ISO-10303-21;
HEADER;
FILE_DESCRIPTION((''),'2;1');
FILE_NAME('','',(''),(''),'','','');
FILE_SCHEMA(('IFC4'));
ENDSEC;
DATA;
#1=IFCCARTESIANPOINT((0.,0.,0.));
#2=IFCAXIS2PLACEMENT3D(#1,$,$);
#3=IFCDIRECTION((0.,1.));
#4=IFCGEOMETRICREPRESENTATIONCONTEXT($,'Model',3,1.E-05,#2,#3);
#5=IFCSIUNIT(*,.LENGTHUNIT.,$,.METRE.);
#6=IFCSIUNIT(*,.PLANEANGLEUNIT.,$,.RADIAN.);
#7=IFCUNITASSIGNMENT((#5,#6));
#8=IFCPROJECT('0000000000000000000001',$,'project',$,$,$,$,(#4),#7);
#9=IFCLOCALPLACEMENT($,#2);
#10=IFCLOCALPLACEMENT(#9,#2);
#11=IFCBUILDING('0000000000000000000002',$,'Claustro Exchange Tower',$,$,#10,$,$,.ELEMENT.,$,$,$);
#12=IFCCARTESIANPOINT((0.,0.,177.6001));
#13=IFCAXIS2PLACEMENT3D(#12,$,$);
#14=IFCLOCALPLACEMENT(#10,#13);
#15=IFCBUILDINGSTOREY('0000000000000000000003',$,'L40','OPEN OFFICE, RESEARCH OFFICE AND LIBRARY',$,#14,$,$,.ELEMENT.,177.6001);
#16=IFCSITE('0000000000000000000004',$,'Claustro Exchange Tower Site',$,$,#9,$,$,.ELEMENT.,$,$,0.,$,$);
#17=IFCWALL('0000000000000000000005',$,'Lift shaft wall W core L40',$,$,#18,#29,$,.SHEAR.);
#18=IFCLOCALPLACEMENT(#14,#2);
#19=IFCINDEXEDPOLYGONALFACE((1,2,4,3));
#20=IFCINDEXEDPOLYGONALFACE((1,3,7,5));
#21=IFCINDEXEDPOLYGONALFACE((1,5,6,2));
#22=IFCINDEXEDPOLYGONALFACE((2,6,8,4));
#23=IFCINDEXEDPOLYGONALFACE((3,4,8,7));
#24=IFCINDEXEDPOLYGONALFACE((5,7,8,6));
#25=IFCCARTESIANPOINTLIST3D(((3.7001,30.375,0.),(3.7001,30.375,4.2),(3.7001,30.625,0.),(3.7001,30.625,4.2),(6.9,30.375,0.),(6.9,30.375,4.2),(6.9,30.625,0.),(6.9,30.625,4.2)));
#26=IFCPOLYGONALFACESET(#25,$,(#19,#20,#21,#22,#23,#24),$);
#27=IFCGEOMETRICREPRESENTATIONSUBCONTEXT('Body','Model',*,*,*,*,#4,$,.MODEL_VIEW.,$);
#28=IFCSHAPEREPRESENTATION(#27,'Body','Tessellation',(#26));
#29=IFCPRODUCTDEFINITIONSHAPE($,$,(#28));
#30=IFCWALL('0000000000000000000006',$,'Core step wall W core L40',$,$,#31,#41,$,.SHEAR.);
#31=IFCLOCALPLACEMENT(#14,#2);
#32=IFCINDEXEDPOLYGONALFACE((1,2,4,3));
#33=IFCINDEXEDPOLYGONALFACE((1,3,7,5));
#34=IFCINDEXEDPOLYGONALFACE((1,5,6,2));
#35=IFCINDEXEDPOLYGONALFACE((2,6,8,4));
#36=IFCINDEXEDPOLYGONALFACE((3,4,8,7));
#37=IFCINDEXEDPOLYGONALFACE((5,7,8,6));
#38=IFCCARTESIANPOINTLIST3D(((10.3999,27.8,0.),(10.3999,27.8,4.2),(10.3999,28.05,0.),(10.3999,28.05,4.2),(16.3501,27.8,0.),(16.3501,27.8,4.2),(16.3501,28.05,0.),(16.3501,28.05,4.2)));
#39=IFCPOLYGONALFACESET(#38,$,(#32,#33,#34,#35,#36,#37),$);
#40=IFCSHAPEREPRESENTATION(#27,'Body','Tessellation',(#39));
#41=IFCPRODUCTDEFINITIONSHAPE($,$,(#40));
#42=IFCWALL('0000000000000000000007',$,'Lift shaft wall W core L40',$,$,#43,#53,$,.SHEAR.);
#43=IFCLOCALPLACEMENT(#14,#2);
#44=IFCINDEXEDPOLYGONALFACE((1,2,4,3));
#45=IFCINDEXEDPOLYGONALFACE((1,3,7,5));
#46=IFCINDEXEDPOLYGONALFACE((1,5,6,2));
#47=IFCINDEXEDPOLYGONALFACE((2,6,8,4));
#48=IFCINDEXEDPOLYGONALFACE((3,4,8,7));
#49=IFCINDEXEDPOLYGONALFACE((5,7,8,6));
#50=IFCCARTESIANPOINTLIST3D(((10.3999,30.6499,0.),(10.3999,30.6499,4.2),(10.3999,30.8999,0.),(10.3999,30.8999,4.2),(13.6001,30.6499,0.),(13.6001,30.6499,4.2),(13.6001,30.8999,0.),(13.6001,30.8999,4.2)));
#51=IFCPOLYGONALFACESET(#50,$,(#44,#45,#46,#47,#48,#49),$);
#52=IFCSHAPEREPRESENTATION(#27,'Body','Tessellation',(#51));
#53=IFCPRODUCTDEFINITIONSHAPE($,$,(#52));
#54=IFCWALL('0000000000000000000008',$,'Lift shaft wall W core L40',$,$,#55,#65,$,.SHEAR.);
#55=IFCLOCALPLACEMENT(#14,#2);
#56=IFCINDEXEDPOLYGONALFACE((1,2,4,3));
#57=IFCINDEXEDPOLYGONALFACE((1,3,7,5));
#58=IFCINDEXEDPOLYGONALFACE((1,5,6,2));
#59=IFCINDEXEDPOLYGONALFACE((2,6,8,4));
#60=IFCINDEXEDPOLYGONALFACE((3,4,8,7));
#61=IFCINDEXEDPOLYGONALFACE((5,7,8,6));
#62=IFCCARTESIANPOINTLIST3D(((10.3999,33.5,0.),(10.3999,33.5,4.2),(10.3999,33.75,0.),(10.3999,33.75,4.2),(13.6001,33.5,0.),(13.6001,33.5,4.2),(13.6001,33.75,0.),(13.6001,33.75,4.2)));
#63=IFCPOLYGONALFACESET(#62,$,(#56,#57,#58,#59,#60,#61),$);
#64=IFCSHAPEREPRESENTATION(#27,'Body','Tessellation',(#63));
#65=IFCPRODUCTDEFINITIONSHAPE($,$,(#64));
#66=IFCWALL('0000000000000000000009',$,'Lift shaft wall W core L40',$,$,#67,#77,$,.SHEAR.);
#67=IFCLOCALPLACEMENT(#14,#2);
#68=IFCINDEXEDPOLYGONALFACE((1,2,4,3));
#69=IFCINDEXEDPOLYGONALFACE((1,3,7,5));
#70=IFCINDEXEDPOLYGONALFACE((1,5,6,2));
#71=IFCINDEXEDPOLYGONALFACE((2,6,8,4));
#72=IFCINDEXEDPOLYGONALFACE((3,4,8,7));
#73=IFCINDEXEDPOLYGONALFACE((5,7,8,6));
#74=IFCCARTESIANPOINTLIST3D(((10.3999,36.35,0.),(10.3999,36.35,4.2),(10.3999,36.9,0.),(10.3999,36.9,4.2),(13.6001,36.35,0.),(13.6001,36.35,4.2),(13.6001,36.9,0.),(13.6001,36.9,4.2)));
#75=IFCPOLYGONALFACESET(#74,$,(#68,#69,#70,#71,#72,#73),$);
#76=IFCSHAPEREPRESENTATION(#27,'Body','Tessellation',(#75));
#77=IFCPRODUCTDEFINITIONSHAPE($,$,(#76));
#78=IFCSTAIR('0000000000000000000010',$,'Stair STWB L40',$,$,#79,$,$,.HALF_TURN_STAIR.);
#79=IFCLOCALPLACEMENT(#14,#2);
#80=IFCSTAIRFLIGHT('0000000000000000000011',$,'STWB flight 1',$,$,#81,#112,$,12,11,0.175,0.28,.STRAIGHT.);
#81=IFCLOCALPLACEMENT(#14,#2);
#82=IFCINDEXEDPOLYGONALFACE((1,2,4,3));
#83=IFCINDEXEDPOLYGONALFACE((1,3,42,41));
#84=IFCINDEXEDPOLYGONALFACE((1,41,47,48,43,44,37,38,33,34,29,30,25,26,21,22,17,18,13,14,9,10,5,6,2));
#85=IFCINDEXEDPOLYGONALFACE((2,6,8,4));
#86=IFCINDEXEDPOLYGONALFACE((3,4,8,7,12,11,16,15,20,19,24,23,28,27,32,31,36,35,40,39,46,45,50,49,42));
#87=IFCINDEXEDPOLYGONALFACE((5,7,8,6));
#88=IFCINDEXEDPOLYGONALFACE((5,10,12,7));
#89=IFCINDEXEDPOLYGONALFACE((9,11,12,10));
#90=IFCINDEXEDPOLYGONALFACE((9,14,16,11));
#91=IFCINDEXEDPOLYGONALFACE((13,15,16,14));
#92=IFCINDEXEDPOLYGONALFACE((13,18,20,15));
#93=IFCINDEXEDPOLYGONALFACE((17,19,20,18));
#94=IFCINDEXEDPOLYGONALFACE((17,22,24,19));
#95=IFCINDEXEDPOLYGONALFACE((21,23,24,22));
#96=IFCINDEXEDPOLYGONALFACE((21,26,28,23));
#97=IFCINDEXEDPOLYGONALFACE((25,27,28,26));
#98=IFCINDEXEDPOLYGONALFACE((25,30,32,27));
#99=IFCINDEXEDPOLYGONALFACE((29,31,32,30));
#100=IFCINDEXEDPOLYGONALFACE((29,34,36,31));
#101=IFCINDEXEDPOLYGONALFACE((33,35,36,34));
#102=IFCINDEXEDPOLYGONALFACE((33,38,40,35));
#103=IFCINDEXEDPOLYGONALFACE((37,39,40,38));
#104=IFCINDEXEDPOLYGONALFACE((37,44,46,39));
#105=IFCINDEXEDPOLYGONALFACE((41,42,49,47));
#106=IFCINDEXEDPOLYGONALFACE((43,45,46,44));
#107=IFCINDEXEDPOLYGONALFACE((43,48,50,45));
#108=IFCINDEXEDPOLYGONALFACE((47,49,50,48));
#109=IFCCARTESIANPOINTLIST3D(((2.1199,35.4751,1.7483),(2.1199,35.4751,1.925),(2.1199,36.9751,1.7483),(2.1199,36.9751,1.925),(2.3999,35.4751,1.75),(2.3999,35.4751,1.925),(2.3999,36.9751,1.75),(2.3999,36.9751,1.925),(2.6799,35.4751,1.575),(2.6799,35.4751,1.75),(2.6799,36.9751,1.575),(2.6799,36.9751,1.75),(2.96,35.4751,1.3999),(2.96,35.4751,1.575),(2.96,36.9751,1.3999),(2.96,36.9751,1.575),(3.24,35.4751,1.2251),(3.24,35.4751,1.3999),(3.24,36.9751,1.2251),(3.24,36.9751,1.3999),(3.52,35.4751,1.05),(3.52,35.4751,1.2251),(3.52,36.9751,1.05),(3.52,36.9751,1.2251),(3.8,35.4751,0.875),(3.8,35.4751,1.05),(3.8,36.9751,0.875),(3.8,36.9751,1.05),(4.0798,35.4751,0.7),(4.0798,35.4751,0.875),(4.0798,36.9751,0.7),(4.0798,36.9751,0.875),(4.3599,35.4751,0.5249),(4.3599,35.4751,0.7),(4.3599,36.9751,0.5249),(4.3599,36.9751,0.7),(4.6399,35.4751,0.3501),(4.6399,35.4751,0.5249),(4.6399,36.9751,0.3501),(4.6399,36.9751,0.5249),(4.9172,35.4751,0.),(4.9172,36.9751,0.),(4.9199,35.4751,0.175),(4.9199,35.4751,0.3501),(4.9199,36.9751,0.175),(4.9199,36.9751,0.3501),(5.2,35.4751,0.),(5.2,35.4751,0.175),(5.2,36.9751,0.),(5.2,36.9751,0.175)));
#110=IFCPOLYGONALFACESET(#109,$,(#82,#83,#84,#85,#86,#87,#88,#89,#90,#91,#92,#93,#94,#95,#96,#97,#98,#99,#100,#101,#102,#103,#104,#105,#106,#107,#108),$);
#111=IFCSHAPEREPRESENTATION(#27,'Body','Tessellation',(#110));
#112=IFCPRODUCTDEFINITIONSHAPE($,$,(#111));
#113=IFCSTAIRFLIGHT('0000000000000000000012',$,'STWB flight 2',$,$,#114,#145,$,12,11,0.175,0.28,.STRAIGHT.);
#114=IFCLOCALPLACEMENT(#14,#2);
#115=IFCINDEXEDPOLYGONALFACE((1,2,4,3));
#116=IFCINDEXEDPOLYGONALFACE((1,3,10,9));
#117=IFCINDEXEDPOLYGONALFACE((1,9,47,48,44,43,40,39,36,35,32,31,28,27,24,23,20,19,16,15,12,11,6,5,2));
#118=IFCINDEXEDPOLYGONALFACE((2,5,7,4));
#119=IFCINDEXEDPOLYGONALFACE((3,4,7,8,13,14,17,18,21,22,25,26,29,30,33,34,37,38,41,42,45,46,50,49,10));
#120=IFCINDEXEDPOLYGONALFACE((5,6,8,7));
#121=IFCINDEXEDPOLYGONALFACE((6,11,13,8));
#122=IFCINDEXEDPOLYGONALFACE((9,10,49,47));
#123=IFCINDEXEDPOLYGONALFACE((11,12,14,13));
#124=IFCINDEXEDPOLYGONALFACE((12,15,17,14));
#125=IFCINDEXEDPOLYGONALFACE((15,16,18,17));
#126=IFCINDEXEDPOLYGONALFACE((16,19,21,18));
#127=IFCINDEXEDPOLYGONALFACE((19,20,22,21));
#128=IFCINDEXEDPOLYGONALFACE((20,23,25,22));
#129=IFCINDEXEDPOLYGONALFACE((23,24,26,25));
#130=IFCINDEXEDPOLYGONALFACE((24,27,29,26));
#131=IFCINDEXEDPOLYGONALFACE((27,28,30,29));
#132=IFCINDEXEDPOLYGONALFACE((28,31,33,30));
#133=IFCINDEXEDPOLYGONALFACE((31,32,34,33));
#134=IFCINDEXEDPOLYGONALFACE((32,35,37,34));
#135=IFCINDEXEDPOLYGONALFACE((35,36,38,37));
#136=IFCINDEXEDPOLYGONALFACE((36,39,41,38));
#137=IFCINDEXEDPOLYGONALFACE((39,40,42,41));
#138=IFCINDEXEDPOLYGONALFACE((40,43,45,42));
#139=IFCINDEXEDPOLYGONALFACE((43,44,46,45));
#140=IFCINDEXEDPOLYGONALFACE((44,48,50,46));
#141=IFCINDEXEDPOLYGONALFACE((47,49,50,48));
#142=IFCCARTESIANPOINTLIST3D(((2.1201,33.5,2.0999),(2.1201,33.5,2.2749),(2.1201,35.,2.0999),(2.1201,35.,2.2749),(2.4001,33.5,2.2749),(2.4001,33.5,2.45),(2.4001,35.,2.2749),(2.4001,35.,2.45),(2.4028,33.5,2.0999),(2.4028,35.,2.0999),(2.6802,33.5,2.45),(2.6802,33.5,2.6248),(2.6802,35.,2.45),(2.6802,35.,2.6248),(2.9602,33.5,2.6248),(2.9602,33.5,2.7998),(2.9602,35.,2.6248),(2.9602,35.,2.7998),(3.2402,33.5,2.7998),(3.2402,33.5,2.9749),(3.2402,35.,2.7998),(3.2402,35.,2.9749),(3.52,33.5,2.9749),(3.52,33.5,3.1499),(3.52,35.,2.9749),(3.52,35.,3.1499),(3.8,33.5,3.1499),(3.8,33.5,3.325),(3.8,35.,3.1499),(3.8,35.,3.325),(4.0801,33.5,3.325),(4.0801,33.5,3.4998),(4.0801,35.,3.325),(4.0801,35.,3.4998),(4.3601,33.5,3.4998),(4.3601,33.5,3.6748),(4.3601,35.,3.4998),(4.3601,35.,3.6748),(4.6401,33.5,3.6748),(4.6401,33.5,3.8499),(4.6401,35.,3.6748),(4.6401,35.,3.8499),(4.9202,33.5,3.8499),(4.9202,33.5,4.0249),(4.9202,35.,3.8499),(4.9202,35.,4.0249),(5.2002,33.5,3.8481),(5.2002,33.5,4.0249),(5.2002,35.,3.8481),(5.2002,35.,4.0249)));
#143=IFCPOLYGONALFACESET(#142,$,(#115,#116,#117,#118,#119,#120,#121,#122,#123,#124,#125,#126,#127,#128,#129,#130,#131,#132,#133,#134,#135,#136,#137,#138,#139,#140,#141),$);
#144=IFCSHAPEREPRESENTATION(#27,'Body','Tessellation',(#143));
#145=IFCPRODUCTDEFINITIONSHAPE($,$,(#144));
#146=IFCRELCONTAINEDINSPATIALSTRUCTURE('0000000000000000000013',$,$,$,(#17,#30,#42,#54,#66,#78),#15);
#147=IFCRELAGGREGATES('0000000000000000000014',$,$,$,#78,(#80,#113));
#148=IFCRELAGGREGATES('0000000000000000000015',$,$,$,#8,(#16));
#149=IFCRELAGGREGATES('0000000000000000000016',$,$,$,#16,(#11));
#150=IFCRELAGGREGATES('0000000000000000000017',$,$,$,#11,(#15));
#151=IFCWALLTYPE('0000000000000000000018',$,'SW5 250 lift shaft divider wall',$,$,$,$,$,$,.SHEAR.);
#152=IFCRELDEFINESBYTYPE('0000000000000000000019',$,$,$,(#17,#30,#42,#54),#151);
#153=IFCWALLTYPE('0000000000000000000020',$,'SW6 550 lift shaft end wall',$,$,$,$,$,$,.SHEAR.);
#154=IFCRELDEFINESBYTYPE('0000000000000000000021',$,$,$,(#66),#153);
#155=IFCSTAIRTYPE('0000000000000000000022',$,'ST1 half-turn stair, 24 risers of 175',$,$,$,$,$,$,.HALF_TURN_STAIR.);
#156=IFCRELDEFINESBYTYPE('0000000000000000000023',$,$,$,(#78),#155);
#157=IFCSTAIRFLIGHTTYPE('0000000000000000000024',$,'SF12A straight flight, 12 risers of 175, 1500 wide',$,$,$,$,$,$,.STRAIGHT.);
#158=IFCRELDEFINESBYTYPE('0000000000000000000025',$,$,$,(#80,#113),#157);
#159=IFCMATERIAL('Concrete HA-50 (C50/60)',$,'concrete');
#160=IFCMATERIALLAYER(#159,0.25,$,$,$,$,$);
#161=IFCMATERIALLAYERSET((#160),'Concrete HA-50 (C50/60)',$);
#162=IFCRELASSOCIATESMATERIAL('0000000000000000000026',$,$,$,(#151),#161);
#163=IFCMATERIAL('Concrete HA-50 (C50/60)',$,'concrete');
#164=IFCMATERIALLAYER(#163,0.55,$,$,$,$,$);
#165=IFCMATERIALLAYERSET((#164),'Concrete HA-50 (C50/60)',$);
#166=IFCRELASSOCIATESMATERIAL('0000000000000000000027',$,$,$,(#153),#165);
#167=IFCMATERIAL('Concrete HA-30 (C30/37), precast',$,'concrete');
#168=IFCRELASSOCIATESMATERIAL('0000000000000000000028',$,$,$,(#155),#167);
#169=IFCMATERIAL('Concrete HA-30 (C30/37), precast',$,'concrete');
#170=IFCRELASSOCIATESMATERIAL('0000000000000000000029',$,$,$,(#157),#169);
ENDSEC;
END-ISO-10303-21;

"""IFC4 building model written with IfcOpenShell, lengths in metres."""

from ifc_helpers import new_model, si_unit, direction, frame, frame_2d, origin, place, context, subcontext, project, spatial, polyline, rectangle, outline, extrude, material, layer, layer_set, type_object, element, aggregate, save


model = new_model("IFC4")

# Units and contexts
model_context = context("Model", 3, precision=1e-05, world=origin(), true_north=direction((0.0, 1.0)))
body_context = subcontext(model_context, "Body", "Model", "MODEL_VIEW")
ifc_project = project(units=[si_unit("LENGTHUNIT", "METRE"), si_unit("PLANEANGLEUNIT", "RADIAN")], contexts=[model_context])

# Site, building, storey
site_placement = place(None, origin())
site = spatial("IfcSite", under=ifc_project, at=site_placement, Name="Claustro Exchange Tower Site", CompositionType="ELEMENT", RefElevation=0.0)
building_placement = place(site_placement, origin())
building = spatial("IfcBuilding", under=site, at=building_placement, Name="Claustro Exchange Tower", CompositionType="ELEMENT")
storey_placement = place(building_placement, frame((0.0, 0.0, 177.6001)))
storey = spatial("IfcBuildingStorey", under=building, at=storey_placement, Name="L40", Description="OPEN OFFICE, RESEARCH OFFICE AND LIBRARY", CompositionType="ELEMENT", Elevation=177.6001)

# Walls
ifc_material_1 = material(Name="Concrete HA-50 (C50/60)", Category="concrete")
ifc_layer_1 = layer(ifc_material_1, 0.25)
ifc_layer_set_1 = layer_set([ifc_layer_1], Name="Concrete HA-50 (C50/60)")
wall_type_1 = type_object("IfcWallType", Name="SW5 250 lift shaft divider wall", PredefinedType="SHEAR", material=ifc_layer_set_1)
wall_1_placement = place(storey_placement, frame((3.7, 30.5, 0.0), z_axis=(0.0, 0.0, 1.0), x_axis=(1.0, 0.0, 0.0)))
element("IfcWall", 1, at=wall_1_placement, inside=storey, type_object=wall_type_1, Name="Lift shaft wall W core L40", PredefinedType="SHEAR", context=body_context, shape_type="SweptSolid", body=[
    extrude(rectangle(XDim=3.2, YDim=0.25, at=frame_2d((1.6001, 0.0))), origin(), (0.0, 0.0, 1.0), 4.2),
])
wall_2_placement = place(storey_placement, frame((10.3999, 27.925, 0.0), z_axis=(0.0, 0.0, 1.0), x_axis=(1.0, 0.0, 0.0)))
element("IfcWall", 2, at=wall_2_placement, inside=storey, type_object=wall_type_1, Name="Core step wall W core L40", PredefinedType="SHEAR", context=body_context, shape_type="SweptSolid", body=[
    extrude(rectangle(XDim=5.9502, YDim=0.25, at=frame_2d((2.9751, 0.0))), origin(), (0.0, 0.0, 1.0), 4.2),
])
for number, where, z_axis, x_axis, name in (
    (3, (10.3999, 30.7749, 0.0), (0.0, 0.0, 1.0), (1.0, 0.0, 0.0), "Lift shaft wall W core L40"),
    (4, (10.3999, 33.625, 0.0), (0.0, 0.0, 1.0), (1.0, 0.0, 0.0), "Lift shaft wall W core L40"),
):
    element("IfcWall", number, at=place(storey_placement, frame(where, z_axis=z_axis, x_axis=x_axis)), inside=storey, type_object=wall_type_1, Name=name, PredefinedType="SHEAR", context=body_context, shape_type="SweptSolid", body=[
        extrude(rectangle(XDim=3.2002, YDim=0.25, at=frame_2d((1.6001, 0.0))), origin(), (0.0, 0.0, 1.0), 4.2),
    ])
ifc_material_2 = material(Name="Concrete HA-50 (C50/60)", Category="concrete")
ifc_layer_2 = layer(ifc_material_2, 0.55)
ifc_layer_set_2 = layer_set([ifc_layer_2], Name="Concrete HA-50 (C50/60)")
wall_type_2 = type_object("IfcWallType", Name="SW6 550 lift shaft end wall", PredefinedType="SHEAR", material=ifc_layer_set_2)
wall_3_placement = place(storey_placement, frame((10.3999, 36.625, 0.0), z_axis=(0.0, 0.0, 1.0), x_axis=(1.0, 0.0, 0.0)))
element("IfcWall", 5, at=wall_3_placement, inside=storey, type_object=wall_type_2, Name="Lift shaft wall W core L40", PredefinedType="SHEAR", context=body_context, shape_type="SweptSolid", body=[
    extrude(rectangle(XDim=3.2002, YDim=0.55, at=frame_2d((1.6001, 0.0))), origin(), (0.0, 0.0, 1.0), 4.2),
])

# Stair, stair flights
ifc_material_3 = material(Name="Concrete HA-30 (C30/37), precast", Category="concrete")
stair_type = type_object("IfcStairType", Name="ST1 half-turn stair, 24 risers of 175", PredefinedType="HALF_TURN_STAIR", material=ifc_material_3)
stair_placement = place(storey_placement, origin())
stair = element("IfcStair", 6, at=stair_placement, inside=storey, type_object=stair_type, Name="Stair STWB L40", PredefinedType="HALF_TURN_STAIR")
ifc_material_4 = material(Name="Concrete HA-30 (C30/37), precast", Category="concrete")
stair_flight_type = type_object("IfcStairFlightType", Name="SF12A straight flight, 12 risers of 175, 1500 wide", PredefinedType="STRAIGHT", material=ifc_material_4)
stair_flight_1_placement = place(storey_placement, frame((5.2, 36.2251, 0.0), z_axis=(0.0, 0.0, 1.0), x_axis=(-1.0, 0.0, 0.0)))
stair_flight_1 = element("IfcStairFlight", 7, at=stair_flight_1_placement, type_object=stair_flight_type, Name="STWB flight 1", NumberOfRisers=12, NumberOfTreads=11, PredefinedType="STRAIGHT", RiserHeight=0.175, TreadLength=0.28, context=body_context, shape_type="SweptSolid", body=[
    extrude(outline(polyline([(0.0, 0.0), (0.0, 0.175), (0.28, 0.175), (0.28, 0.3501), (0.5601, 0.3501), (0.5601, 0.5249), (0.8401, 0.5249), (0.8401, 0.7), (1.1201, 0.7), (1.1201, 0.875), (1.3999, 0.875), (1.3999, 1.05), (1.6799, 1.05), (1.6799, 1.2251), (1.96, 1.2251), (1.96, 1.3999), (2.24, 1.3999), (2.24, 1.575), (2.52, 1.575), (2.52, 1.75), (2.8, 1.75), (2.8, 1.925), (3.0801, 1.925), (3.0801, 2.1001), (3.0801, 1.7483), (0.2827, 0.0), (0.0, 0.0)])), frame((0.0, 0.75, 0.0), z_axis=(0.0, -1.0, 0.0), x_axis=(1.0, 0.0, 0.0)), (0.0, 0.0, 1.0), 1.5),
])
stair_flight_2_placement = place(storey_placement, frame((2.1201, 34.25, 2.0999), z_axis=(0.0, 0.0, 1.0), x_axis=(1.0, 0.0, 0.0)))
stair_flight_2 = element("IfcStairFlight", 8, at=stair_flight_2_placement, type_object=stair_flight_type, Name="STWB flight 2", NumberOfRisers=12, NumberOfTreads=11, PredefinedType="STRAIGHT", RiserHeight=0.175, TreadLength=0.28, context=body_context, shape_type="SweptSolid", body=[
    extrude(outline(polyline([(0.0, 0.0), (0.0, 0.175), (0.28, 0.175), (0.28, 0.3501), (0.5601, 0.3501), (0.5601, 0.5249), (0.8401, 0.5249), (0.8401, 0.7), (1.1201, 0.7), (1.1201, 0.875), (1.3999, 0.875), (1.3999, 1.05), (1.6799, 1.05), (1.6799, 1.2251), (1.96, 1.2251), (1.96, 1.3999), (2.24, 1.3999), (2.24, 1.575), (2.52, 1.575), (2.52, 1.75), (2.8, 1.75), (2.8, 1.925), (3.0801, 1.925), (3.0801, 2.1001), (3.0801, 1.7483), (0.2827, 0.0), (0.0, 0.0)])), frame((0.0, 0.75, 0.0), z_axis=(0.0, -1.0, 0.0), x_axis=(1.0, 0.0, 0.0)), (0.0, 0.0, 1.0), 1.5),
])
aggregate(stair, [stair_flight_1, stair_flight_2])

save(model, "model.ifc")
